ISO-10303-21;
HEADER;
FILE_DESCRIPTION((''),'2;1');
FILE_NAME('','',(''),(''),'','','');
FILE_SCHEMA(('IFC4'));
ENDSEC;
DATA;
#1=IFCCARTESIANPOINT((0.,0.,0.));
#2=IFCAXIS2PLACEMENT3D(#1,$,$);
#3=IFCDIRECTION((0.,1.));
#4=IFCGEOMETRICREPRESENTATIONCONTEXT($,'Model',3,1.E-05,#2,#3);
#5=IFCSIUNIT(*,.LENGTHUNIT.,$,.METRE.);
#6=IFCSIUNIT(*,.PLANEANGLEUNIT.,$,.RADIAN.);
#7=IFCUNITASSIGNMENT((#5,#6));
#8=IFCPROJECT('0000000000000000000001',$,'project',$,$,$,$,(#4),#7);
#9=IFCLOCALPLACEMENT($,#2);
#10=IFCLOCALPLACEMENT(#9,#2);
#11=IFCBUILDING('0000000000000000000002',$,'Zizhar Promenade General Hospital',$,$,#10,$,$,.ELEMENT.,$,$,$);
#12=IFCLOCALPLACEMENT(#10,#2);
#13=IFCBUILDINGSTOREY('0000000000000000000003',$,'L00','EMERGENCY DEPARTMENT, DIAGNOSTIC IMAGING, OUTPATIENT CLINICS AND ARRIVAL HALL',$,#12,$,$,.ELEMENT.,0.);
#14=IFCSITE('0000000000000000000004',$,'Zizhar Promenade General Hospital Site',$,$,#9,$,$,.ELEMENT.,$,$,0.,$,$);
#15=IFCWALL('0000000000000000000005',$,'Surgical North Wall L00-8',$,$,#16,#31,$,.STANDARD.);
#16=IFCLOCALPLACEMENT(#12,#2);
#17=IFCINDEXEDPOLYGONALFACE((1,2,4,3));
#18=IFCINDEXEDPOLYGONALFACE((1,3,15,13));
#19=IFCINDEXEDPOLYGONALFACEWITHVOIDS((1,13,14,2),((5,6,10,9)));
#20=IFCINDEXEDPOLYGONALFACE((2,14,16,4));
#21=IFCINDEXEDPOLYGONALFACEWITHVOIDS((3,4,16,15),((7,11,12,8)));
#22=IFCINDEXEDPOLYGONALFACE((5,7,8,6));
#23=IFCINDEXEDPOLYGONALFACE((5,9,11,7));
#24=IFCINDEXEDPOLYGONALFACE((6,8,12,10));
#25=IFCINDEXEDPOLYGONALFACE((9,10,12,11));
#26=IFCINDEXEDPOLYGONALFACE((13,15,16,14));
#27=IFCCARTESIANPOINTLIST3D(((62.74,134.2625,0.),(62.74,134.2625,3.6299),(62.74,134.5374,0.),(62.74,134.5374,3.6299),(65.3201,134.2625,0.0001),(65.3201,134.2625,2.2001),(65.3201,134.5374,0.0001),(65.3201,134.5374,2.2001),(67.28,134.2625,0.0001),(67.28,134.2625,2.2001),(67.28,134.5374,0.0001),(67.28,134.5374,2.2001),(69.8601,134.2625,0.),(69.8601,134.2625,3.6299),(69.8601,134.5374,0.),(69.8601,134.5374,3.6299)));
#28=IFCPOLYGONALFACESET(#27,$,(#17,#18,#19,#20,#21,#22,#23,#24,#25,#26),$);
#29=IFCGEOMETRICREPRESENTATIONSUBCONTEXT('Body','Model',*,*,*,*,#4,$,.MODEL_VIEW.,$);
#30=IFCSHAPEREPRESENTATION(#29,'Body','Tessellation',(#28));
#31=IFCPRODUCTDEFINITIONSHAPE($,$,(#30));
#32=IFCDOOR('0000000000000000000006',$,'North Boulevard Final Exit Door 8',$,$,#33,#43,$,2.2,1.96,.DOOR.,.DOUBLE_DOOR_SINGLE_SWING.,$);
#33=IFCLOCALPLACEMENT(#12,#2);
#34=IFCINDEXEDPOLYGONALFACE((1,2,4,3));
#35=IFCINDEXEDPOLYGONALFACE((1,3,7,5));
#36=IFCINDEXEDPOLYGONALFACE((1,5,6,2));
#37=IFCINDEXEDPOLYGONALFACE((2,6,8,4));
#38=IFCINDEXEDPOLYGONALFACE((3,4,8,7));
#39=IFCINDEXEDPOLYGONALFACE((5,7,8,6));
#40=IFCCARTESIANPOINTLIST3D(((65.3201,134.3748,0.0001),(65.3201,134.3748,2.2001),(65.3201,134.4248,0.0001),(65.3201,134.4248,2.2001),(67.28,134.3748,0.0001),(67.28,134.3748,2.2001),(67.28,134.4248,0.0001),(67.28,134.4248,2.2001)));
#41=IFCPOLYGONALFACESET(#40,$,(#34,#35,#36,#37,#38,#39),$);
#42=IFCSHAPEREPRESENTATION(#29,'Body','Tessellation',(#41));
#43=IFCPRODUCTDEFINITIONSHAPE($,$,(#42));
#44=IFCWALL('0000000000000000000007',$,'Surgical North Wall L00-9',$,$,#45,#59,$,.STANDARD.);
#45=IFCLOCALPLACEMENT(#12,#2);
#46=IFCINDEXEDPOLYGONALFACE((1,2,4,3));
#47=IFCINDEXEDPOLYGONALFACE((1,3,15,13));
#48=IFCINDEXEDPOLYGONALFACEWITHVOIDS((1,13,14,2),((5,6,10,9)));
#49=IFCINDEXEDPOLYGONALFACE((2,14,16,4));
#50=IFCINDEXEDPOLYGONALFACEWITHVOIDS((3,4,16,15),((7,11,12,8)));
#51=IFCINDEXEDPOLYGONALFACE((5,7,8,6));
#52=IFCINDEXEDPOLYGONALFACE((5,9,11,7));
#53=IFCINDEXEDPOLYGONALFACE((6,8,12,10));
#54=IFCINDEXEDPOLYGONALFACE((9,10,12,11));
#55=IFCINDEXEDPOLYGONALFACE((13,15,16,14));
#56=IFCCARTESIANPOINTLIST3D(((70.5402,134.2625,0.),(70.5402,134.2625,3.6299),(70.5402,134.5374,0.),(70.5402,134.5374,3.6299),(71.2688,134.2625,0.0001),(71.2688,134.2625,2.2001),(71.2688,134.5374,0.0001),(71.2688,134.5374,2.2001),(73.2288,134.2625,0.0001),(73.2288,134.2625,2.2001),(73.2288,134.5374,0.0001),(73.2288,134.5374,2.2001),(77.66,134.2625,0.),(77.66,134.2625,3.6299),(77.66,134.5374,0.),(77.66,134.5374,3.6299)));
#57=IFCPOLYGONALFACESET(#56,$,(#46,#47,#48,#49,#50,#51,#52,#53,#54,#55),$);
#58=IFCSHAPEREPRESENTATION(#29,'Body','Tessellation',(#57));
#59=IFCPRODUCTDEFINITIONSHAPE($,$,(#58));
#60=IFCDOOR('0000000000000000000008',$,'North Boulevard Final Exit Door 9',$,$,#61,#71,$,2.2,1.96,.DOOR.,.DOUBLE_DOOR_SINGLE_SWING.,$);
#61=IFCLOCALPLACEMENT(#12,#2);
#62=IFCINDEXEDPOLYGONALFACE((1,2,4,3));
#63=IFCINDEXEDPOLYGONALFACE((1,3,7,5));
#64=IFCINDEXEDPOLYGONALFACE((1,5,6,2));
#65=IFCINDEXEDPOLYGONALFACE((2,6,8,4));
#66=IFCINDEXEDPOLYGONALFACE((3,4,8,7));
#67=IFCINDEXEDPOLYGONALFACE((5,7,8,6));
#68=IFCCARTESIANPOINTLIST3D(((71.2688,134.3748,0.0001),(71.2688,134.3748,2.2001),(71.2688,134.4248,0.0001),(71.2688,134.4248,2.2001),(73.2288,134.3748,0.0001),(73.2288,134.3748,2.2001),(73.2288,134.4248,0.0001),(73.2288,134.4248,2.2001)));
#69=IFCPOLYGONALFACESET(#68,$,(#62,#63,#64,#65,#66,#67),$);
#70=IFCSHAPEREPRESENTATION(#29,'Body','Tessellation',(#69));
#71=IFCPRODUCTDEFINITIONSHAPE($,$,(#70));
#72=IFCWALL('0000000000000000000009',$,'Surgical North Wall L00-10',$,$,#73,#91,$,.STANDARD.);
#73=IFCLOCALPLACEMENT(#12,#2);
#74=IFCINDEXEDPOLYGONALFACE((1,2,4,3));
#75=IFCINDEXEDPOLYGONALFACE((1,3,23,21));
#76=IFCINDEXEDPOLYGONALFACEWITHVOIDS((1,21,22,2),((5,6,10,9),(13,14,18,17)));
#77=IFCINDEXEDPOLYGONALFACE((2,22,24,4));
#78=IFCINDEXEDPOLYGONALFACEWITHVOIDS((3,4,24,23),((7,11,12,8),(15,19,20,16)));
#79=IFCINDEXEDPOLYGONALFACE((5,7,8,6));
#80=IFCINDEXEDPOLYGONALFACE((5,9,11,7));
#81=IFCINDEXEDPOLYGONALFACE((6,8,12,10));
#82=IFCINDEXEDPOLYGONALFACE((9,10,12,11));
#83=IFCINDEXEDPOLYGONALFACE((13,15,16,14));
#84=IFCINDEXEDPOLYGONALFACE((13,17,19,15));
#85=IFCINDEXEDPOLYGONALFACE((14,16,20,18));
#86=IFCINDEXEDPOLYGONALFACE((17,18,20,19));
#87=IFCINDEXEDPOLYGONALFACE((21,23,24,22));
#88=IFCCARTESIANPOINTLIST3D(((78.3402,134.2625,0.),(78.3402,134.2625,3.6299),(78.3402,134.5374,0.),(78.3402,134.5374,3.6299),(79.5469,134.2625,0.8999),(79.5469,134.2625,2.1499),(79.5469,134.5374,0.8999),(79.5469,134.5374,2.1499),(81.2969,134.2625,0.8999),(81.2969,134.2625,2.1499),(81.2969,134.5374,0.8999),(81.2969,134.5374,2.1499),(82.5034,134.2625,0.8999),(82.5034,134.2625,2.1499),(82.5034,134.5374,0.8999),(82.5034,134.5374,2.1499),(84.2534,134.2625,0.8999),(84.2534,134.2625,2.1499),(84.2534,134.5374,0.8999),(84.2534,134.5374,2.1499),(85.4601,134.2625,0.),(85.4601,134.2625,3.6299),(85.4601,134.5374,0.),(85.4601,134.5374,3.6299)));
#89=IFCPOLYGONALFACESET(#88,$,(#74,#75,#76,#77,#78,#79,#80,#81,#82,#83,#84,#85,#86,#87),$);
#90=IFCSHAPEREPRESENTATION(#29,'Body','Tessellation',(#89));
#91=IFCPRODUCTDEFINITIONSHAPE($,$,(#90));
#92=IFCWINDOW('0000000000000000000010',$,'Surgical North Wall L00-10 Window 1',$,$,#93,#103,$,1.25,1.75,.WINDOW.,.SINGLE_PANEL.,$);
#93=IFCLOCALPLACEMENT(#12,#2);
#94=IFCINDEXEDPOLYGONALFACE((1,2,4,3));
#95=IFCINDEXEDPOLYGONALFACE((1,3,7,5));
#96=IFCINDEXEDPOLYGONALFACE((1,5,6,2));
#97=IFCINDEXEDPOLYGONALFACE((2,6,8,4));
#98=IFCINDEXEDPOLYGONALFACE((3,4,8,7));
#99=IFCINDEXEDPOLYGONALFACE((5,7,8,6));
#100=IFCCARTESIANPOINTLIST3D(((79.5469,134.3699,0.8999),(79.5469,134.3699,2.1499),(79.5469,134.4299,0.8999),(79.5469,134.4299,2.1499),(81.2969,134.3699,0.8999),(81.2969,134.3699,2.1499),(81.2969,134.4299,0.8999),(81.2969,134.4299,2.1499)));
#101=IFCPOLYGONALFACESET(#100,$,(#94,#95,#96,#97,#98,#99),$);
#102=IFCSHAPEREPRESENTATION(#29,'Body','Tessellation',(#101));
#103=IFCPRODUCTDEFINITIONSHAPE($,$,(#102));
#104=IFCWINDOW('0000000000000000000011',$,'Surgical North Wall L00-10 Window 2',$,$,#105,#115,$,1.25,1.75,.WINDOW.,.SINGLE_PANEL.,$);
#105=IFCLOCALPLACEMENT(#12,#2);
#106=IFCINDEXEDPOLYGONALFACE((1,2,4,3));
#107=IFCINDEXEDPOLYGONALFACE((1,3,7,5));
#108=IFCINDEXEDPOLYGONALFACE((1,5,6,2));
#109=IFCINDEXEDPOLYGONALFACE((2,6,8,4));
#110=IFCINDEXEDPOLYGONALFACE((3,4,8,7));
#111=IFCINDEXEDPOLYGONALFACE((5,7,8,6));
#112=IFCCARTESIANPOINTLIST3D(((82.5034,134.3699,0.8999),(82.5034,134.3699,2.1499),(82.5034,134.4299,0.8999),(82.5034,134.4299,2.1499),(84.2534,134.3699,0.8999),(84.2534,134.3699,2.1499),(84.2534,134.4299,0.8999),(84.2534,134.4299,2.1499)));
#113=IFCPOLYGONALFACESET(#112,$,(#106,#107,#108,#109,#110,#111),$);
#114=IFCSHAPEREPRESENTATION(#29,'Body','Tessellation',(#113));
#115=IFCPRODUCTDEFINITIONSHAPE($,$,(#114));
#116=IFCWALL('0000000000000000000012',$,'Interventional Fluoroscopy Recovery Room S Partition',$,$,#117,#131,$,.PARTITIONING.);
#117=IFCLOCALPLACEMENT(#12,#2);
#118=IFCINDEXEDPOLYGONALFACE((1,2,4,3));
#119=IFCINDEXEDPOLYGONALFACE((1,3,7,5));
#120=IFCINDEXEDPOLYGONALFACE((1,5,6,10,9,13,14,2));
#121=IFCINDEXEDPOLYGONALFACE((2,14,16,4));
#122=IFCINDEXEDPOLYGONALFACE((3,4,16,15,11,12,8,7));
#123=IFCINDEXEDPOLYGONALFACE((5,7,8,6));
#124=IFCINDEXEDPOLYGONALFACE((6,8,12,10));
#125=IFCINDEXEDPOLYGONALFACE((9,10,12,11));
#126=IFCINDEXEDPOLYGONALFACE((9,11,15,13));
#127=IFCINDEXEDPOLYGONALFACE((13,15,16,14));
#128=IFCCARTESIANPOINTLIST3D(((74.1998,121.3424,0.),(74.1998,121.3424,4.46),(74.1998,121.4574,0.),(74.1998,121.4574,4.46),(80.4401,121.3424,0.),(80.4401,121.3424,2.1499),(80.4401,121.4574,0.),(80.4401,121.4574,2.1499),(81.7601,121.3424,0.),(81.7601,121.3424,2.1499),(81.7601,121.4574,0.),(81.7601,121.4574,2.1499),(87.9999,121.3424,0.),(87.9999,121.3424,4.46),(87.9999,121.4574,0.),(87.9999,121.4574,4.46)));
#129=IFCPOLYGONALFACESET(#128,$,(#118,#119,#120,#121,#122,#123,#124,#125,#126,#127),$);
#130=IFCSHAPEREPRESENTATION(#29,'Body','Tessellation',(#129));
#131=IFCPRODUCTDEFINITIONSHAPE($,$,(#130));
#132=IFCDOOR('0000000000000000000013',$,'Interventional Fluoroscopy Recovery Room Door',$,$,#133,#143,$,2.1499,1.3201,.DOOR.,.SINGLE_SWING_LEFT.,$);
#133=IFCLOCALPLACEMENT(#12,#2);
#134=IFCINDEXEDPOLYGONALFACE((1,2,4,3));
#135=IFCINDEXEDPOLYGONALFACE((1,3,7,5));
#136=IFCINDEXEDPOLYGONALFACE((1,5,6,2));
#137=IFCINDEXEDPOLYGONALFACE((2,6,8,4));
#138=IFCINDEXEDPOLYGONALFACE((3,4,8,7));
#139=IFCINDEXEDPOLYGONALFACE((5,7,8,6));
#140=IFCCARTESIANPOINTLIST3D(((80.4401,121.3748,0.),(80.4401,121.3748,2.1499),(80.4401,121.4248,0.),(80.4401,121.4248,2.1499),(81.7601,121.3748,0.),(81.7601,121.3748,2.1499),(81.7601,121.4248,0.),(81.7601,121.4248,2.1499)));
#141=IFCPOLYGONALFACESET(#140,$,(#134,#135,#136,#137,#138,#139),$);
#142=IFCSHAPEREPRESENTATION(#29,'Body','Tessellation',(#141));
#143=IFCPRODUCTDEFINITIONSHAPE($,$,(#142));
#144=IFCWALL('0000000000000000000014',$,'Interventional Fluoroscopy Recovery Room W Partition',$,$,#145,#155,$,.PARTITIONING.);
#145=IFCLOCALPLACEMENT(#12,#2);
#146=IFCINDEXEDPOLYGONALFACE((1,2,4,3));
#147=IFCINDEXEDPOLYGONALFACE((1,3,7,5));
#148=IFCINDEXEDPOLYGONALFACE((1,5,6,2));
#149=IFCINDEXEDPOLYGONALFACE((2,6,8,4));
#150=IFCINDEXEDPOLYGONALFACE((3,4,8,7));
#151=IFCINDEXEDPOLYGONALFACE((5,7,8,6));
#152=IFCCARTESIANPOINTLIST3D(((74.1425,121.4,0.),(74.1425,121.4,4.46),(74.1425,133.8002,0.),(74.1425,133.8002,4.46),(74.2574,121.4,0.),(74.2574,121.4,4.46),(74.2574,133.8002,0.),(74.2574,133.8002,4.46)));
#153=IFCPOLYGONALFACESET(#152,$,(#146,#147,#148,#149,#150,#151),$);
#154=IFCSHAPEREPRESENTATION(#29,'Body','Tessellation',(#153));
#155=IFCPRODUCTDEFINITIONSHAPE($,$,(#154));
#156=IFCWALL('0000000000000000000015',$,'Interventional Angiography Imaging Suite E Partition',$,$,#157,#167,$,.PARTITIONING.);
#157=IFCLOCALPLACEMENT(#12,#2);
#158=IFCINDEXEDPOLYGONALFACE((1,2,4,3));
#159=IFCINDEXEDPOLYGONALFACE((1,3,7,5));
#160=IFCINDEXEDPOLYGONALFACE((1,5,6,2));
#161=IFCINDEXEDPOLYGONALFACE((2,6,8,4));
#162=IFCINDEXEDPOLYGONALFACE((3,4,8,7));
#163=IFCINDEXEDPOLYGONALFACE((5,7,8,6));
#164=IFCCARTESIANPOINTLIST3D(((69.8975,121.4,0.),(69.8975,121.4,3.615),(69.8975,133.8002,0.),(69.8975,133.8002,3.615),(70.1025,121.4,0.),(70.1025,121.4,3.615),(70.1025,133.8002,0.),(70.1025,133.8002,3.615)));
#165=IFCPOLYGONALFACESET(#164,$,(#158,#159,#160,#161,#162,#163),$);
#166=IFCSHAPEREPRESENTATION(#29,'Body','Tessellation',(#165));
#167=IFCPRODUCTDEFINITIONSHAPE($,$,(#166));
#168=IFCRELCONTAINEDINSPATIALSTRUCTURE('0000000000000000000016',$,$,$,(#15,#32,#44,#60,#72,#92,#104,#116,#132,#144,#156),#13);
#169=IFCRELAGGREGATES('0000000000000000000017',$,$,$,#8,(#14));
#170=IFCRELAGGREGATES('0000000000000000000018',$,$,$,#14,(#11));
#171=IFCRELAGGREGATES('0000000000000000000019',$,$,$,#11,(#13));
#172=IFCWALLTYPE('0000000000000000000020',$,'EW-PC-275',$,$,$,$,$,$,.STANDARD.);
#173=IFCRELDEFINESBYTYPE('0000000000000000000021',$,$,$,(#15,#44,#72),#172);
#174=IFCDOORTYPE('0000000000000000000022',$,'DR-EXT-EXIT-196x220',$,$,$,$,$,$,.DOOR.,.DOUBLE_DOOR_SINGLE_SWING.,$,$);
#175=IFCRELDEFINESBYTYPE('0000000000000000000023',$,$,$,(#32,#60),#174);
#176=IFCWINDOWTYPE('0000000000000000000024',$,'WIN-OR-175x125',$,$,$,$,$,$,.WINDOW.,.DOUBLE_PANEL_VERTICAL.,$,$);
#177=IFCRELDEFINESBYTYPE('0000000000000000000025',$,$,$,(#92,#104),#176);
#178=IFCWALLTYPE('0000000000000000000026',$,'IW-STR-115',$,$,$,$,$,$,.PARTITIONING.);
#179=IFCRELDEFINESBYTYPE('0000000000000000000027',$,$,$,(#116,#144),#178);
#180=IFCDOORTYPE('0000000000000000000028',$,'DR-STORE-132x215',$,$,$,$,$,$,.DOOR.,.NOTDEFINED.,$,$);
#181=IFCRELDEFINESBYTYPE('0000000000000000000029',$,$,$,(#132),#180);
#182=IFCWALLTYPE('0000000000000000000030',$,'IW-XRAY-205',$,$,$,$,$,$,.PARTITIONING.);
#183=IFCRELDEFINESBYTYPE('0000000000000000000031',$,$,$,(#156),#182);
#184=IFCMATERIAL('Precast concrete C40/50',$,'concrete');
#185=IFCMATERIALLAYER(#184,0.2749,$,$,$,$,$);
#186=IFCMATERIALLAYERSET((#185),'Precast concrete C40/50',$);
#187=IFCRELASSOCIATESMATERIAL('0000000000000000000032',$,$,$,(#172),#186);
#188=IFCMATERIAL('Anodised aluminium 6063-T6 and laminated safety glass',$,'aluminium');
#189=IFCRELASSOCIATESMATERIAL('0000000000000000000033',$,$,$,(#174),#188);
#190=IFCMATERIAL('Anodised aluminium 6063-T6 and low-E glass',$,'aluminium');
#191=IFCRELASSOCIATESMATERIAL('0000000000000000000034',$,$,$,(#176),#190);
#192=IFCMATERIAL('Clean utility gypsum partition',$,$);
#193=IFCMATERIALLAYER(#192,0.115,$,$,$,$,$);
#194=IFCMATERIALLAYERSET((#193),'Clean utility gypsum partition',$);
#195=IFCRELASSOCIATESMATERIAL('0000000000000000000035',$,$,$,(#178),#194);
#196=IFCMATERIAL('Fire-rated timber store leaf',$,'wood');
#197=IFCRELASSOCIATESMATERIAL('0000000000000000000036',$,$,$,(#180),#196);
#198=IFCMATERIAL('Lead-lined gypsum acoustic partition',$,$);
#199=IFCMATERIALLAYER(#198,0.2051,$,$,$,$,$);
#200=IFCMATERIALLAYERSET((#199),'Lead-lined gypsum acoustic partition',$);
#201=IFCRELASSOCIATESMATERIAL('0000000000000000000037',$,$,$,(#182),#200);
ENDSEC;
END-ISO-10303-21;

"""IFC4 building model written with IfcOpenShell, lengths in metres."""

from ifc_helpers import new_model, si_unit, direction, frame, frame_2d, origin, place, context, subcontext, project, spatial, rectangle, extrude, material, layer, layer_set, type_object, element, fill, save


model = new_model("IFC4")

# Units and contexts
model_context = context("Model", 3, precision=1e-05, world=origin(), true_north=direction((0.0, 1.0)))
body_context = subcontext(model_context, "Body", "Model", "MODEL_VIEW")
ifc_project = project(units=[si_unit("LENGTHUNIT", "METRE"), si_unit("PLANEANGLEUNIT", "RADIAN")], contexts=[model_context])

# Site, building, storey
site_placement = place(None, origin())
site = spatial("IfcSite", under=ifc_project, at=site_placement, Name="Zizhar Promenade General Hospital Site", CompositionType="ELEMENT", RefElevation=0.0)
building_placement = place(site_placement, origin())
building = spatial("IfcBuilding", under=site, at=building_placement, Name="Zizhar Promenade General Hospital", CompositionType="ELEMENT")
storey_placement = place(building_placement, origin())
storey = spatial("IfcBuildingStorey", under=building, at=storey_placement, Name="L00", Description="EMERGENCY DEPARTMENT, DIAGNOSTIC IMAGING, OUTPATIENT CLINICS AND ARRIVAL HALL", CompositionType="ELEMENT", Elevation=0.0)

# Walls, openings, doors
ifc_material_1 = material(Name="Precast concrete C40/50", Category="concrete")
ifc_layer_1 = layer(ifc_material_1, 0.2749)
ifc_layer_set_1 = layer_set([ifc_layer_1], Name="Precast concrete C40/50")
wall_type_1 = type_object("IfcWallType", Name="EW-PC-275", PredefinedType="STANDARD", material=ifc_layer_set_1)
wall_1_placement = place(storey_placement, frame((62.74, 134.3999, 0.0), z_axis=(0.0, 0.0, 1.0), x_axis=(1.0, 0.0, 0.0)))
wall_1 = element("IfcWall", 1, at=wall_1_placement, inside=storey, type_object=wall_type_1, Name="Surgical North Wall L00-8", PredefinedType="STANDARD", context=body_context, shape_type="SweptSolid", body=[
    extrude(rectangle(XDim=7.1201, YDim=0.2749, at=frame_2d((3.5601, 0.0))), origin(), (0.0, 0.0, 1.0), 3.6299),
])
opening_1_placement = place(wall_1_placement, frame((2.5801, 0.0, 0.0)))
opening_1 = element("IfcOpeningElement", 2, at=opening_1_placement, cuts=wall_1, PredefinedType="OPENING", context=body_context, shape_type="SweptSolid", body=[
    extrude(rectangle(XDim=1.96, YDim=2.2, at=frame_2d((0.98, 1.1001))), frame((0.0, 0.1475, 0.0), z_axis=(0.0, -1.0, 0.0), x_axis=(1.0, 0.0, 0.0)), (0.0, 0.0, 1.0), 0.2949),
])
ifc_material_2 = material(Name="Anodised aluminium 6063-T6 and laminated safety glass", Category="aluminium")
door_type_1 = type_object("IfcDoorType", Name="DR-EXT-EXIT-196x220", OperationType="DOUBLE_DOOR_SINGLE_SWING", PredefinedType="DOOR", material=ifc_material_2)
door_1_placement = place(opening_1_placement, origin())
door_1 = element("IfcDoor", 3, at=door_1_placement, inside=storey, type_object=door_type_1, Name="North Boulevard Final Exit Door 8", OperationType="DOUBLE_DOOR_SINGLE_SWING", OverallHeight=2.2, OverallWidth=1.96, PredefinedType="DOOR", context=body_context, shape_type="SweptSolid", body=[
    extrude(rectangle(XDim=1.96, YDim=2.2, at=frame_2d((0.98, 1.1001))), frame((0.0, 0.0249, 0.0), z_axis=(0.0, -1.0, 0.0), x_axis=(1.0, 0.0, 0.0)), (0.0, 0.0, 1.0), 0.05),
])
fill(opening_1, door_1)
wall_2_placement = place(storey_placement, frame((70.54, 134.3999, 0.0), z_axis=(0.0, 0.0, 1.0), x_axis=(1.0, 0.0, 0.0)))
wall_2 = element("IfcWall", 4, at=wall_2_placement, inside=storey, type_object=wall_type_1, Name="Surgical North Wall L00-9", PredefinedType="STANDARD", context=body_context, shape_type="SweptSolid", body=[
    extrude(rectangle(XDim=7.1199, YDim=0.2749, at=frame_2d((3.5601, 0.0))), origin(), (0.0, 0.0, 1.0), 3.6299),
])
opening_2_placement = place(wall_2_placement, frame((0.7288, 0.0, 0.0)))
opening_2 = element("IfcOpeningElement", 5, at=opening_2_placement, cuts=wall_2, PredefinedType="OPENING", context=body_context, shape_type="SweptSolid", body=[
    extrude(rectangle(XDim=1.96, YDim=2.2, at=frame_2d((0.98, 1.1001))), frame((0.0, 0.1475, 0.0), z_axis=(0.0, -1.0, 0.0), x_axis=(1.0, 0.0, 0.0)), (0.0, 0.0, 1.0), 0.2949),
])
door_2_placement = place(opening_2_placement, origin())
door_2 = element("IfcDoor", 6, at=door_2_placement, inside=storey, type_object=door_type_1, Name="North Boulevard Final Exit Door 9", OperationType="DOUBLE_DOOR_SINGLE_SWING", OverallHeight=2.2, OverallWidth=1.96, PredefinedType="DOOR", context=body_context, shape_type="SweptSolid", body=[
    extrude(rectangle(XDim=1.96, YDim=2.2, at=frame_2d((0.98, 1.1001))), frame((0.0, 0.0249, 0.0), z_axis=(0.0, -1.0, 0.0), x_axis=(1.0, 0.0, 0.0)), (0.0, 0.0, 1.0), 0.05),
])
fill(opening_2, door_2)

# Wall, openings, windows
wall_3_placement = place(storey_placement, frame((78.3401, 134.3999, 0.0), z_axis=(0.0, 0.0, 1.0), x_axis=(1.0, 0.0, 0.0)))
wall_3 = element("IfcWall", 7, at=wall_3_placement, inside=storey, type_object=wall_type_1, Name="Surgical North Wall L00-10", PredefinedType="STANDARD", context=body_context, shape_type="SweptSolid", body=[
    extrude(rectangle(XDim=7.1199, YDim=0.2749, at=frame_2d((3.5601, 0.0))), origin(), (0.0, 0.0, 1.0), 3.6299),
])
opening_3_placement = place(wall_3_placement, frame((1.2068, 0.0, 0.8999)))
opening_3 = element("IfcOpeningElement", 8, at=opening_3_placement, cuts=wall_3, PredefinedType="OPENING", context=body_context, shape_type="SweptSolid", body=[
    extrude(rectangle(XDim=1.75, YDim=1.25, at=frame_2d((0.875, 0.625))), frame((0.0, 0.1475, 0.0), z_axis=(0.0, -1.0, 0.0), x_axis=(1.0, 0.0, 0.0)), (0.0, 0.0, 1.0), 0.2949),
])
opening_4_placement = place(wall_3_placement, frame((4.1633, 0.0, 0.8999)))
opening_4 = element("IfcOpeningElement", 9, at=opening_4_placement, cuts=wall_3, PredefinedType="OPENING", context=body_context, shape_type="SweptSolid", body=[
    extrude(rectangle(XDim=1.75, YDim=1.25, at=frame_2d((0.875, 0.625))), frame((0.0, 0.1475, 0.0), z_axis=(0.0, -1.0, 0.0), x_axis=(1.0, 0.0, 0.0)), (0.0, 0.0, 1.0), 0.2949),
])
ifc_material_3 = material(Name="Anodised aluminium 6063-T6 and low-E glass", Category="aluminium")
window_type = type_object("IfcWindowType", Name="WIN-OR-175x125", PartitioningType="DOUBLE_PANEL_VERTICAL", PredefinedType="WINDOW", material=ifc_material_3)
window_1_placement = place(opening_3_placement, origin())
window_1 = element("IfcWindow", 10, at=window_1_placement, inside=storey, type_object=window_type, Name="Surgical North Wall L00-10 Window 1", OverallHeight=1.25, OverallWidth=1.75, PartitioningType="SINGLE_PANEL", PredefinedType="WINDOW", context=body_context, shape_type="SweptSolid", body=[
    extrude(rectangle(XDim=1.75, YDim=1.25, at=frame_2d((0.875, 0.625))), frame((0.0, 0.03, 0.0), z_axis=(0.0, -1.0, 0.0), x_axis=(1.0, 0.0, 0.0)), (0.0, 0.0, 1.0), 0.0601),
])
fill(opening_3, window_1)
window_2_placement = place(opening_4_placement, origin())
window_2 = element("IfcWindow", 11, at=window_2_placement, inside=storey, type_object=window_type, Name="Surgical North Wall L00-10 Window 2", OverallHeight=1.25, OverallWidth=1.75, PartitioningType="SINGLE_PANEL", PredefinedType="WINDOW", context=body_context, shape_type="SweptSolid", body=[
    extrude(rectangle(XDim=1.75, YDim=1.25, at=frame_2d((0.875, 0.625))), frame((0.0, 0.03, 0.0), z_axis=(0.0, -1.0, 0.0), x_axis=(1.0, 0.0, 0.0)), (0.0, 0.0, 1.0), 0.0601),
])
fill(opening_4, window_2)

# Wall, opening, door
ifc_material_4 = material(Name="Clean utility gypsum partition")
ifc_layer_2 = layer(ifc_material_4, 0.115)
ifc_layer_set_2 = layer_set([ifc_layer_2], Name="Clean utility gypsum partition")
wall_type_2 = type_object("IfcWallType", Name="IW-STR-115", PredefinedType="PARTITIONING", material=ifc_layer_set_2)
wall_4_placement = place(storey_placement, frame((74.2, 121.3999, 0.0), z_axis=(0.0, 0.0, 1.0), x_axis=(1.0, 0.0, 0.0)))
wall_4 = element("IfcWall", 12, at=wall_4_placement, inside=storey, type_object=wall_type_2, Name="Interventional Fluoroscopy Recovery Room S Partition", PredefinedType="PARTITIONING", context=body_context, shape_type="SweptSolid", body=[
    extrude(rectangle(XDim=13.8, YDim=0.115, at=frame_2d((6.8999, 0.0))), origin(), (0.0, 0.0, 1.0), 4.46),
])
opening_5_placement = place(wall_4_placement, frame((6.24, 0.0, 0.0)))
opening_5 = element("IfcOpeningElement", 13, at=opening_5_placement, cuts=wall_4, PredefinedType="OPENING", context=body_context, shape_type="SweptSolid", body=[
    extrude(rectangle(XDim=1.3201, YDim=2.1499, at=frame_2d((0.6602, 1.075))), frame((0.0, 0.0674, 0.0), z_axis=(0.0, -1.0, 0.0), x_axis=(1.0, 0.0, 0.0)), (0.0, 0.0, 1.0), 0.135),
])
ifc_material_5 = material(Name="Fire-rated timber store leaf", Category="wood")
door_type_2 = type_object("IfcDoorType", Name="DR-STORE-132x215", OperationType="NOTDEFINED", PredefinedType="DOOR", material=ifc_material_5)
door_3_placement = place(opening_5_placement, origin())
door_3 = element("IfcDoor", 14, at=door_3_placement, inside=storey, type_object=door_type_2, Name="Interventional Fluoroscopy Recovery Room Door", OperationType="SINGLE_SWING_LEFT", OverallHeight=2.1499, OverallWidth=1.3201, PredefinedType="DOOR", context=body_context, shape_type="SweptSolid", body=[
    extrude(rectangle(XDim=1.3201, YDim=2.1499, at=frame_2d((0.6602, 1.075))), frame((0.0, 0.0249, 0.0), z_axis=(0.0, -1.0, 0.0), x_axis=(1.0, 0.0, 0.0)), (0.0, 0.0, 1.0), 0.05),
])
fill(opening_5, door_3)

# Walls
wall_5_placement = place(storey_placement, frame((74.2, 121.3999, 0.0), z_axis=(0.0, 0.0, 1.0), x_axis=(0.0, 1.0, 0.0)))
element("IfcWall", 15, at=wall_5_placement, inside=storey, type_object=wall_type_2, Name="Interventional Fluoroscopy Recovery Room W Partition", PredefinedType="PARTITIONING", context=body_context, shape_type="SweptSolid", body=[
    extrude(rectangle(XDim=12.4001, YDim=0.115, at=frame_2d((6.2002, 0.0))), origin(), (0.0, 0.0, 1.0), 4.46),
])
ifc_material_6 = material(Name="Lead-lined gypsum acoustic partition")
ifc_layer_3 = layer(ifc_material_6, 0.2051)
ifc_layer_set_3 = layer_set([ifc_layer_3], Name="Lead-lined gypsum acoustic partition")
wall_type_3 = type_object("IfcWallType", Name="IW-XRAY-205", PredefinedType="PARTITIONING", material=ifc_layer_set_3)
wall_6_placement = place(storey_placement, frame((70.0, 121.3999, 0.0), z_axis=(0.0, 0.0, 1.0), x_axis=(0.0, 1.0, 0.0)))
element("IfcWall", 16, at=wall_6_placement, inside=storey, type_object=wall_type_3, Name="Interventional Angiography Imaging Suite E Partition", PredefinedType="PARTITIONING", context=body_context, shape_type="SweptSolid", body=[
    extrude(rectangle(XDim=12.4001, YDim=0.2051, at=frame_2d((6.2002, 0.0))), origin(), (0.0, 0.0, 1.0), 3.615),
])

save(model, "model.ifc")
